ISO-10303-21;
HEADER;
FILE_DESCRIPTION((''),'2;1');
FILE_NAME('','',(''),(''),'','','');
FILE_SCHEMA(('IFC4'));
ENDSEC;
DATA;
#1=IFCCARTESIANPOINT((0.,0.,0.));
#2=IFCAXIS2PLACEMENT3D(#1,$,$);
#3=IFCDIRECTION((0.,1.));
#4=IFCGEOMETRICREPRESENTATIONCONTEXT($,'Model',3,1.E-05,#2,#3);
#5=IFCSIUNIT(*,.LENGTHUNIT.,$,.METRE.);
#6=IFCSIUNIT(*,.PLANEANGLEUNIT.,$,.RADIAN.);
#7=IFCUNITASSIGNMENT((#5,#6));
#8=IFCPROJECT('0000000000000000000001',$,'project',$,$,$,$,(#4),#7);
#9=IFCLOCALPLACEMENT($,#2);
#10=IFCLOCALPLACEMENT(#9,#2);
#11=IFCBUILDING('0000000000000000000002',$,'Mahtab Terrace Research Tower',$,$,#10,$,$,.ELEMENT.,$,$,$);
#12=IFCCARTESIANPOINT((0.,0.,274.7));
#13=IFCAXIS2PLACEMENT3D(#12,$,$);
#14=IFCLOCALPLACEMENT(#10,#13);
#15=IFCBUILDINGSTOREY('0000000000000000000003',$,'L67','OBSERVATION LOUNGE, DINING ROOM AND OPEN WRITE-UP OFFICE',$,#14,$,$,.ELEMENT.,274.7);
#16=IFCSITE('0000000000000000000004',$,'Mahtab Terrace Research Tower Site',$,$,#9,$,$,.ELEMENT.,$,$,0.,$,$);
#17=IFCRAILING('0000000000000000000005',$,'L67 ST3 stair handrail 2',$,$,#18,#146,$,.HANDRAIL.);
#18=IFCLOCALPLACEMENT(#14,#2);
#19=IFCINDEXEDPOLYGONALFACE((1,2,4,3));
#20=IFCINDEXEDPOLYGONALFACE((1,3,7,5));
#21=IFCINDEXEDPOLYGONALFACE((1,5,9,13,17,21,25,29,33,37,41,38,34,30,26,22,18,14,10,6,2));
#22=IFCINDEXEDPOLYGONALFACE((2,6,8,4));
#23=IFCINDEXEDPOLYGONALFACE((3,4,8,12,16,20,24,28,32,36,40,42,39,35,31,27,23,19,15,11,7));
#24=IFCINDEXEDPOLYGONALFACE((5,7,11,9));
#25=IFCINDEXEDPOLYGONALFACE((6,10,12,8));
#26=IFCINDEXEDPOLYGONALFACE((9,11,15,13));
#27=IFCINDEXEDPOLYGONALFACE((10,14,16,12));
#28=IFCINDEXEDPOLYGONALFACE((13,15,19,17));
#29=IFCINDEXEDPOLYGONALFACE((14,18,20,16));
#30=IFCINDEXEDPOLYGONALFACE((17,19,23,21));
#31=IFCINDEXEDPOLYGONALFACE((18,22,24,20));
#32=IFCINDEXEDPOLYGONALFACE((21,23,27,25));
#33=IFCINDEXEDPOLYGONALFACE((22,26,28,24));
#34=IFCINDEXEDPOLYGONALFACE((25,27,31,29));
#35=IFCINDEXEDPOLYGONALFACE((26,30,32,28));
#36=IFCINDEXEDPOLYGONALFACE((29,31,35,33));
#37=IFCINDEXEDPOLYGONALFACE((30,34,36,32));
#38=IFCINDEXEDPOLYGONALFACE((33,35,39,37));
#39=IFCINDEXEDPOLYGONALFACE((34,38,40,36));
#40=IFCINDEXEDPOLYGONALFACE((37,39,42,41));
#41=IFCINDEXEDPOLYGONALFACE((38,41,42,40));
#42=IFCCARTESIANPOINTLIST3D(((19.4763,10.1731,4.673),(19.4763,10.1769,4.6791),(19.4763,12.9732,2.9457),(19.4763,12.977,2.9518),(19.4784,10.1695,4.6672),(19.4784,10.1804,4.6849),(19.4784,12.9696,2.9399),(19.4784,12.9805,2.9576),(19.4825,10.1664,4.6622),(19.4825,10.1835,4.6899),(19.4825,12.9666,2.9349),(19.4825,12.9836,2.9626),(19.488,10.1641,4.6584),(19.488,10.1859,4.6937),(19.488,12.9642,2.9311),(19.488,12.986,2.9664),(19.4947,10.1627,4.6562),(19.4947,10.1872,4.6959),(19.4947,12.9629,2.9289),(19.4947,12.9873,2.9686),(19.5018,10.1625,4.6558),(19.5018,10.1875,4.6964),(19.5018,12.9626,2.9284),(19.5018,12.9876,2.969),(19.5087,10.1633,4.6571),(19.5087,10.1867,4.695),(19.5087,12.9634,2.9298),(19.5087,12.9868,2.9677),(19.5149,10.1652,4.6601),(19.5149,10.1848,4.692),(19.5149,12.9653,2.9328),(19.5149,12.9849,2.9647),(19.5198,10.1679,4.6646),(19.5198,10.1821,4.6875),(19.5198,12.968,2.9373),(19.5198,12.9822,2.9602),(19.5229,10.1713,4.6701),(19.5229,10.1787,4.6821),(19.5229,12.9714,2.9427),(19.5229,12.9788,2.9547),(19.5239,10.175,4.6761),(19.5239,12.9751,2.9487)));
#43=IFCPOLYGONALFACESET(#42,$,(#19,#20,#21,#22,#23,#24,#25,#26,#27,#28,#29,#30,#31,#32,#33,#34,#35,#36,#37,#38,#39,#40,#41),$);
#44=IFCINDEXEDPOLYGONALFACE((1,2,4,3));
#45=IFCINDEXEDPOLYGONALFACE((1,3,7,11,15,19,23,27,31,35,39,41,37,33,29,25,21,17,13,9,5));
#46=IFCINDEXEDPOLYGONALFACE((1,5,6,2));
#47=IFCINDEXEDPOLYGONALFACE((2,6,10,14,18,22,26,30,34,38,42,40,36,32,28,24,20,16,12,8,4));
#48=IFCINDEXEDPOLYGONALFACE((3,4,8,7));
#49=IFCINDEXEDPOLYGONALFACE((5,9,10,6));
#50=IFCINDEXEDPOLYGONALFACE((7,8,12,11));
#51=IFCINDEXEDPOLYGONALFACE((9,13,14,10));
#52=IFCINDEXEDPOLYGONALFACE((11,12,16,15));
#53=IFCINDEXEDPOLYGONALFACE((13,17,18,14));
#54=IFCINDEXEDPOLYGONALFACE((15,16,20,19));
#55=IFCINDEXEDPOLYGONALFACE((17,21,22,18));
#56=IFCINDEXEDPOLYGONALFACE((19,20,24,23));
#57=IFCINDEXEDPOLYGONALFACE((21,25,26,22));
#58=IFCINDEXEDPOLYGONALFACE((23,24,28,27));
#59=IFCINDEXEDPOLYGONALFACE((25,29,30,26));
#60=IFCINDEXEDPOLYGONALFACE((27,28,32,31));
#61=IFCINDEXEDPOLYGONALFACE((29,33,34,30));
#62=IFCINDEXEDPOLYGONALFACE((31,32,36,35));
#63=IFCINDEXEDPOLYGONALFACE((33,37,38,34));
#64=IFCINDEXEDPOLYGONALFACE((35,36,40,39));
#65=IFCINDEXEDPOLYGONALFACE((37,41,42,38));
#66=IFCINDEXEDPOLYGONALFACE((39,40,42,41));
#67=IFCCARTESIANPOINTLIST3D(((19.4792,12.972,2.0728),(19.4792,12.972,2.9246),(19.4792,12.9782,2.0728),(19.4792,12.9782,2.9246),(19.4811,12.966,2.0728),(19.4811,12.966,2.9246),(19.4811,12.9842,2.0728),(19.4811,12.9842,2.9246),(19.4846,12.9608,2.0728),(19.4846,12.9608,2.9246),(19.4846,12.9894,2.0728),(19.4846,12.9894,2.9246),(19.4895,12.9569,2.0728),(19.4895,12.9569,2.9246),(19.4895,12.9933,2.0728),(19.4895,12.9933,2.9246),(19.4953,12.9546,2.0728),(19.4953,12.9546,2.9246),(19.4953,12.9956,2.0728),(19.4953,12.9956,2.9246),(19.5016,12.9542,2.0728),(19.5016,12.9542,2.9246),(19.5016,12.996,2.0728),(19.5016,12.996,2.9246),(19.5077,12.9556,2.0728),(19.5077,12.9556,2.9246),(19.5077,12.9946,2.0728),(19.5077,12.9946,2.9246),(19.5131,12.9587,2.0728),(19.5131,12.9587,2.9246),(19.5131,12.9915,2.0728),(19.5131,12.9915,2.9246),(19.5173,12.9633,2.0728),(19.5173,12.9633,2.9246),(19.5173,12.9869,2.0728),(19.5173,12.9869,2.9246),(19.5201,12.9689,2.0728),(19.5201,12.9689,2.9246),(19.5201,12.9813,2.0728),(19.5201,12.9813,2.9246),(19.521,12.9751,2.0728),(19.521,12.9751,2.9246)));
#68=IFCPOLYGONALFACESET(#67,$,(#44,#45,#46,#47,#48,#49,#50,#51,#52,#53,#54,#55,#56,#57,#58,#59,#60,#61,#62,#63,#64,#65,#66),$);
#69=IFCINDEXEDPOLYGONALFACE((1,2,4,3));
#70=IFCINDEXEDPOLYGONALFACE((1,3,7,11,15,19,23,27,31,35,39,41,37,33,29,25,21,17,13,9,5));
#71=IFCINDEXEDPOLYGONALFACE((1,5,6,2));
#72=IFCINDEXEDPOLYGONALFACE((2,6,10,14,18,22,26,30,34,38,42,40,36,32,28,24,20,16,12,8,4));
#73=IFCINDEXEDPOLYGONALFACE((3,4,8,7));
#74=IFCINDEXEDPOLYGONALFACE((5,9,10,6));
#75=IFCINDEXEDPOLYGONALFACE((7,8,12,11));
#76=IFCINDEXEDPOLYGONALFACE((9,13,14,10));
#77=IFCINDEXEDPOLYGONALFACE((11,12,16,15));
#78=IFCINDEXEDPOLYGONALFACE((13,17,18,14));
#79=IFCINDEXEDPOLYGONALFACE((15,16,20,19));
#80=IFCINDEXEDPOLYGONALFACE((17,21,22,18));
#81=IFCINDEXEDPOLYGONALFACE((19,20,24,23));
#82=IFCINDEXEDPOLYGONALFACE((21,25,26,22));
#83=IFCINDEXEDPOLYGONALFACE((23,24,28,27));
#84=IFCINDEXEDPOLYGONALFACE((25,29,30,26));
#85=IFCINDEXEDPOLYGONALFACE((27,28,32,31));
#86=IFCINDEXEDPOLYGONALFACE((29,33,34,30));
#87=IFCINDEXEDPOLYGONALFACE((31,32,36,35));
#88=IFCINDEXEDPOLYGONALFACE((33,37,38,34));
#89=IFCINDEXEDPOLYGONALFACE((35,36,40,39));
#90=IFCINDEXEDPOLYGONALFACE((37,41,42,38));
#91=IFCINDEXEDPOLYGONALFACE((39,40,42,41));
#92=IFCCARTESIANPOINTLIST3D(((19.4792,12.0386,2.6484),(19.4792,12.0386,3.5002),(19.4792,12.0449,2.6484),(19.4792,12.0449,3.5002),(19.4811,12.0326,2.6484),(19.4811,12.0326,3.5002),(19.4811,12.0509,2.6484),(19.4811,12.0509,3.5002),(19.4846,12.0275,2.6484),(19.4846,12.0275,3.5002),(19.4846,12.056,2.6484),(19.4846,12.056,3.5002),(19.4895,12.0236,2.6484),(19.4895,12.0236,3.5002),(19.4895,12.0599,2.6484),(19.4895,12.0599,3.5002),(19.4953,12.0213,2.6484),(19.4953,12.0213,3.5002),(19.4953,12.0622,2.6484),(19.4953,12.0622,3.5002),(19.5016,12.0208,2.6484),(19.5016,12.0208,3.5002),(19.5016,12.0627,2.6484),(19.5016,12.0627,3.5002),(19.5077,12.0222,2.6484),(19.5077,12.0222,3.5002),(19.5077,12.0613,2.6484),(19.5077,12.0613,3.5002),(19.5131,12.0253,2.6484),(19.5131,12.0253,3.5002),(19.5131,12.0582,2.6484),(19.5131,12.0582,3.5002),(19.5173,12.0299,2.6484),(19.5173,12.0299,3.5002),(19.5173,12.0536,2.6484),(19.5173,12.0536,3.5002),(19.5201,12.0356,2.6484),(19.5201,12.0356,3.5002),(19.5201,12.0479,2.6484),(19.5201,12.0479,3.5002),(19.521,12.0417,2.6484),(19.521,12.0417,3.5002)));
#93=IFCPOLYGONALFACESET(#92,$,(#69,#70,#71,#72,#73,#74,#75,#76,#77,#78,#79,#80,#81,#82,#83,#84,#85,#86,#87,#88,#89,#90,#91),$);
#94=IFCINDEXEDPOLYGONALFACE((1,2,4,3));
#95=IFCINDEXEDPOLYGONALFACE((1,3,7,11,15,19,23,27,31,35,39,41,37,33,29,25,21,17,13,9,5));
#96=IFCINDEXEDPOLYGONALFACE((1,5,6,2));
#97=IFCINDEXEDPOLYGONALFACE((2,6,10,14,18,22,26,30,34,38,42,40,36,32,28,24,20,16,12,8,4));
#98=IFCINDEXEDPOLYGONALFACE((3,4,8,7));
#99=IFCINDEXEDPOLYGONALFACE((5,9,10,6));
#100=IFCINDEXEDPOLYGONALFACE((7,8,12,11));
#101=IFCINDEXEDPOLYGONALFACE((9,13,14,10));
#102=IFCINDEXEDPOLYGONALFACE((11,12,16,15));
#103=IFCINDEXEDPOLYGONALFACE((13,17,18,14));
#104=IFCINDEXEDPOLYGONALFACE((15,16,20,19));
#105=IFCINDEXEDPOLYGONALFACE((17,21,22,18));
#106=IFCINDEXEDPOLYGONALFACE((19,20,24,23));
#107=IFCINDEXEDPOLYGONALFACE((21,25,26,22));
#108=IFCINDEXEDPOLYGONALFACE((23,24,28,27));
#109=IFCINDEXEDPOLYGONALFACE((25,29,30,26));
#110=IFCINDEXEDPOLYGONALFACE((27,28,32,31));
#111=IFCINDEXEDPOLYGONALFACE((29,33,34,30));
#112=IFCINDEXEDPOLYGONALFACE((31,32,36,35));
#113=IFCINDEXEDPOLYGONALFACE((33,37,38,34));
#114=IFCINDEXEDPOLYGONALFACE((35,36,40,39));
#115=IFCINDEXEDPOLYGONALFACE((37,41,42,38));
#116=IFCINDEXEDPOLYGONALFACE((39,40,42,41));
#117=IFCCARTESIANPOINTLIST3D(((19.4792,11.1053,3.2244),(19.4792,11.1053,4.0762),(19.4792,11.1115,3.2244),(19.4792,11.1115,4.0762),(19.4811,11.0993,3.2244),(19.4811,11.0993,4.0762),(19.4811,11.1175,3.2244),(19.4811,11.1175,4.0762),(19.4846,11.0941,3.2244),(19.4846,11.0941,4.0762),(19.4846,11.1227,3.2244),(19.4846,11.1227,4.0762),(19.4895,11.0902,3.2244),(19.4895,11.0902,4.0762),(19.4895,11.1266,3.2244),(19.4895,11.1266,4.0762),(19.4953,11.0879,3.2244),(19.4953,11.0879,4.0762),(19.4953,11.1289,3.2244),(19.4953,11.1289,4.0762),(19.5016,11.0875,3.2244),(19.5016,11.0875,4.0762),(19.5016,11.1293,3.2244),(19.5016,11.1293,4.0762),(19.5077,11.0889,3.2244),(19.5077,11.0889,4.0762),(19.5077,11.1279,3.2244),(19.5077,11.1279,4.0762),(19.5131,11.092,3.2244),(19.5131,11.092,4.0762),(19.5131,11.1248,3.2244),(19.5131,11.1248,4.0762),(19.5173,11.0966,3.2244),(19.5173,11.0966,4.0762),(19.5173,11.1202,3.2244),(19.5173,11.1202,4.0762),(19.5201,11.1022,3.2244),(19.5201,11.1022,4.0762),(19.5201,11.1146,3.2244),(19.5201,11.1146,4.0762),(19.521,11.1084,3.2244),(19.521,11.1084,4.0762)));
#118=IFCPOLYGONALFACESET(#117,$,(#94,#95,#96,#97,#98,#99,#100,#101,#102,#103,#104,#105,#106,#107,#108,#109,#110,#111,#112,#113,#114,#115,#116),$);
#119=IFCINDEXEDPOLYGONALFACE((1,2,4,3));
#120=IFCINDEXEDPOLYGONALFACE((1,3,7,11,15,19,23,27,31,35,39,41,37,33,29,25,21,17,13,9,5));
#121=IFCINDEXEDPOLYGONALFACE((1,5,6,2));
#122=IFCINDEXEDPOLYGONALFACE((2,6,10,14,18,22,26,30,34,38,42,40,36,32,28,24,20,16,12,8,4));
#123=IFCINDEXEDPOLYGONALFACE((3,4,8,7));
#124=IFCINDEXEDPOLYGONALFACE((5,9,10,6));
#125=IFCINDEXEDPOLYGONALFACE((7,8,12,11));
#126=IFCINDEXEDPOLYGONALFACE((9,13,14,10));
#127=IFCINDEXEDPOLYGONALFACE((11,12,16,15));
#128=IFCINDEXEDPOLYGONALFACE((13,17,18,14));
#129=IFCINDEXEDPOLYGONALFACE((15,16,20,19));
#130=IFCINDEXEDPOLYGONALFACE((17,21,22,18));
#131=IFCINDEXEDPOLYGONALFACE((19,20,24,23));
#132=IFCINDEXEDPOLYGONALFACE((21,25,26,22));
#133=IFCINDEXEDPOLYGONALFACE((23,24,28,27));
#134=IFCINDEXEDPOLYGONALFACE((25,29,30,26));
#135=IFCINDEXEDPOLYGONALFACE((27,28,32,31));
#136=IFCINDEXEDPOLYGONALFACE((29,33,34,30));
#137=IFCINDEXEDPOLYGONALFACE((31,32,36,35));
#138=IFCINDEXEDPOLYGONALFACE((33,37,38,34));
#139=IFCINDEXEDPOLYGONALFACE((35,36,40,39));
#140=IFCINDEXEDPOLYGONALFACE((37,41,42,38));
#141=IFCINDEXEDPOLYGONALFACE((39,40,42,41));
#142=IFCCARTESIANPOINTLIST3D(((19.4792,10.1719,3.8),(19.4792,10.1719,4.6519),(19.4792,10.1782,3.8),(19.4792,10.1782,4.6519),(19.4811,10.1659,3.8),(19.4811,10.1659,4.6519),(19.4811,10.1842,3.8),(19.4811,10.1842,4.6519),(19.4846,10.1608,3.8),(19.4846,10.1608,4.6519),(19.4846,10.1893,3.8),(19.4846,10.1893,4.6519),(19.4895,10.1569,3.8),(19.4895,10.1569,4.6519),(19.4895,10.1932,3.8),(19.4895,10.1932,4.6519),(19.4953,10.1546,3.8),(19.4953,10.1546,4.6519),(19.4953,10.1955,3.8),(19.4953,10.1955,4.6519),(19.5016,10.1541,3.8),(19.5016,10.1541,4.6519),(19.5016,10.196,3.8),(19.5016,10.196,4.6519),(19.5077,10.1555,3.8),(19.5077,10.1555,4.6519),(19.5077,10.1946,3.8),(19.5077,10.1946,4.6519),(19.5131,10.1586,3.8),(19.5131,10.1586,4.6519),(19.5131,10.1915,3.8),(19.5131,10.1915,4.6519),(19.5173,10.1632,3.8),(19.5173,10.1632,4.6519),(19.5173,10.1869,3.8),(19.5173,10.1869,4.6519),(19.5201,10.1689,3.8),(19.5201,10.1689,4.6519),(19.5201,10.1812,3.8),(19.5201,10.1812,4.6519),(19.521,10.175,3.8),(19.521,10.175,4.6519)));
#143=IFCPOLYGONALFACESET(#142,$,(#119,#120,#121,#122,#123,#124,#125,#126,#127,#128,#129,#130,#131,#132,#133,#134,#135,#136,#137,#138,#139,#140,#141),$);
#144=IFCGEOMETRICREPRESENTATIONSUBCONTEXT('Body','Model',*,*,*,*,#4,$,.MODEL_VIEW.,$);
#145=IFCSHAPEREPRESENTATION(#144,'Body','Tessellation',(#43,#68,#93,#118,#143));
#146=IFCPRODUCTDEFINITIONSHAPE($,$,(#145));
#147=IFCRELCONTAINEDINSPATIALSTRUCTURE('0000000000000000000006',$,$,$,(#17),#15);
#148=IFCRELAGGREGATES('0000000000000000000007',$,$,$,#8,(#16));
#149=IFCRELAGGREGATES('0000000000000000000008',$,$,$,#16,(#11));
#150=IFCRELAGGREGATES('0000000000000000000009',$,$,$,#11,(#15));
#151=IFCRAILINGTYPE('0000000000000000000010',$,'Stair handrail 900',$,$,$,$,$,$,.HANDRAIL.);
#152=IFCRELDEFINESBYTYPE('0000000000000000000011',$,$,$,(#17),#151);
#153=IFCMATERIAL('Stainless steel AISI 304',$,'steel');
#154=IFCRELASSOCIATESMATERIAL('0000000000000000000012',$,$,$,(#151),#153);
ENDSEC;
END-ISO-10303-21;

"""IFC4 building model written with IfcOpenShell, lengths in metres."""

from ifc_helpers import new_model, si_unit, direction, frame, origin, origin_2d, place, context, subcontext, project, spatial, circle, extrude, material, type_object, element, save


model = new_model("IFC4")

# Units and contexts
model_context = context("Model", 3, precision=1e-05, world=origin(), true_north=direction((0.0, 1.0)))
body_context = subcontext(model_context, "Body", "Model", "MODEL_VIEW")
ifc_project = project(units=[si_unit("LENGTHUNIT", "METRE"), si_unit("PLANEANGLEUNIT", "RADIAN")], contexts=[model_context])

# Site, building, storey
site_placement = place(None, origin())
site = spatial("IfcSite", under=ifc_project, at=site_placement, Name="Mahtab Terrace Research Tower Site", CompositionType="ELEMENT", RefElevation=0.0)
building_placement = place(site_placement, origin())
building = spatial("IfcBuilding", under=site, at=building_placement, Name="Mahtab Terrace Research Tower", CompositionType="ELEMENT")
storey_placement = place(building_placement, frame((0.0, 0.0, 274.7)))
storey = spatial("IfcBuildingStorey", under=building, at=storey_placement, Name="L67", Description="OBSERVATION LOUNGE, DINING ROOM AND OPEN WRITE-UP OFFICE", CompositionType="ELEMENT", Elevation=274.7)

# Railing
ifc_material_1 = material(Name="Stainless steel AISI 304", Category="steel")
railing_type_1 = type_object("IfcRailingType", Name="Stair handrail 900", PredefinedType="HANDRAIL", material=ifc_material_1)
railing_1_placement = place(storey_placement, frame((19.5, 12.9751, 2.0728)))
element("IfcRailing", 1, at=railing_1_placement, inside=storey, type_object=railing_type_1, Name="L67 ST3 stair handrail 2", PredefinedType="HANDRAIL", context=body_context, shape_type="SweptSolid", body=[
    extrude(circle(Radius=0.0239, at=origin_2d()), frame((0.0, 0.0, 0.876), z_axis=(0.0, -0.85109, 0.52502), x_axis=(1.0, 0.0, 0.0)), (0.0, 0.0, 1.0), 3.29),
    extrude(circle(Radius=0.021, at=origin_2d()), origin(), (0.0, 0.0, 1.0), 0.8518),
    extrude(circle(Radius=0.021, at=origin_2d()), frame((0.0, -0.9333, 0.5757)), (0.0, 0.0, 1.0), 0.8518),
    extrude(circle(Radius=0.021, at=origin_2d()), frame((0.0, -1.8667, 1.1516)), (0.0, 0.0, 1.0), 0.8518),
    extrude(circle(Radius=0.021, at=origin_2d()), frame((0.0, -2.8, 1.7273)), (0.0, 0.0, 1.0), 0.8518),
])

save(model, "model.ifc")
